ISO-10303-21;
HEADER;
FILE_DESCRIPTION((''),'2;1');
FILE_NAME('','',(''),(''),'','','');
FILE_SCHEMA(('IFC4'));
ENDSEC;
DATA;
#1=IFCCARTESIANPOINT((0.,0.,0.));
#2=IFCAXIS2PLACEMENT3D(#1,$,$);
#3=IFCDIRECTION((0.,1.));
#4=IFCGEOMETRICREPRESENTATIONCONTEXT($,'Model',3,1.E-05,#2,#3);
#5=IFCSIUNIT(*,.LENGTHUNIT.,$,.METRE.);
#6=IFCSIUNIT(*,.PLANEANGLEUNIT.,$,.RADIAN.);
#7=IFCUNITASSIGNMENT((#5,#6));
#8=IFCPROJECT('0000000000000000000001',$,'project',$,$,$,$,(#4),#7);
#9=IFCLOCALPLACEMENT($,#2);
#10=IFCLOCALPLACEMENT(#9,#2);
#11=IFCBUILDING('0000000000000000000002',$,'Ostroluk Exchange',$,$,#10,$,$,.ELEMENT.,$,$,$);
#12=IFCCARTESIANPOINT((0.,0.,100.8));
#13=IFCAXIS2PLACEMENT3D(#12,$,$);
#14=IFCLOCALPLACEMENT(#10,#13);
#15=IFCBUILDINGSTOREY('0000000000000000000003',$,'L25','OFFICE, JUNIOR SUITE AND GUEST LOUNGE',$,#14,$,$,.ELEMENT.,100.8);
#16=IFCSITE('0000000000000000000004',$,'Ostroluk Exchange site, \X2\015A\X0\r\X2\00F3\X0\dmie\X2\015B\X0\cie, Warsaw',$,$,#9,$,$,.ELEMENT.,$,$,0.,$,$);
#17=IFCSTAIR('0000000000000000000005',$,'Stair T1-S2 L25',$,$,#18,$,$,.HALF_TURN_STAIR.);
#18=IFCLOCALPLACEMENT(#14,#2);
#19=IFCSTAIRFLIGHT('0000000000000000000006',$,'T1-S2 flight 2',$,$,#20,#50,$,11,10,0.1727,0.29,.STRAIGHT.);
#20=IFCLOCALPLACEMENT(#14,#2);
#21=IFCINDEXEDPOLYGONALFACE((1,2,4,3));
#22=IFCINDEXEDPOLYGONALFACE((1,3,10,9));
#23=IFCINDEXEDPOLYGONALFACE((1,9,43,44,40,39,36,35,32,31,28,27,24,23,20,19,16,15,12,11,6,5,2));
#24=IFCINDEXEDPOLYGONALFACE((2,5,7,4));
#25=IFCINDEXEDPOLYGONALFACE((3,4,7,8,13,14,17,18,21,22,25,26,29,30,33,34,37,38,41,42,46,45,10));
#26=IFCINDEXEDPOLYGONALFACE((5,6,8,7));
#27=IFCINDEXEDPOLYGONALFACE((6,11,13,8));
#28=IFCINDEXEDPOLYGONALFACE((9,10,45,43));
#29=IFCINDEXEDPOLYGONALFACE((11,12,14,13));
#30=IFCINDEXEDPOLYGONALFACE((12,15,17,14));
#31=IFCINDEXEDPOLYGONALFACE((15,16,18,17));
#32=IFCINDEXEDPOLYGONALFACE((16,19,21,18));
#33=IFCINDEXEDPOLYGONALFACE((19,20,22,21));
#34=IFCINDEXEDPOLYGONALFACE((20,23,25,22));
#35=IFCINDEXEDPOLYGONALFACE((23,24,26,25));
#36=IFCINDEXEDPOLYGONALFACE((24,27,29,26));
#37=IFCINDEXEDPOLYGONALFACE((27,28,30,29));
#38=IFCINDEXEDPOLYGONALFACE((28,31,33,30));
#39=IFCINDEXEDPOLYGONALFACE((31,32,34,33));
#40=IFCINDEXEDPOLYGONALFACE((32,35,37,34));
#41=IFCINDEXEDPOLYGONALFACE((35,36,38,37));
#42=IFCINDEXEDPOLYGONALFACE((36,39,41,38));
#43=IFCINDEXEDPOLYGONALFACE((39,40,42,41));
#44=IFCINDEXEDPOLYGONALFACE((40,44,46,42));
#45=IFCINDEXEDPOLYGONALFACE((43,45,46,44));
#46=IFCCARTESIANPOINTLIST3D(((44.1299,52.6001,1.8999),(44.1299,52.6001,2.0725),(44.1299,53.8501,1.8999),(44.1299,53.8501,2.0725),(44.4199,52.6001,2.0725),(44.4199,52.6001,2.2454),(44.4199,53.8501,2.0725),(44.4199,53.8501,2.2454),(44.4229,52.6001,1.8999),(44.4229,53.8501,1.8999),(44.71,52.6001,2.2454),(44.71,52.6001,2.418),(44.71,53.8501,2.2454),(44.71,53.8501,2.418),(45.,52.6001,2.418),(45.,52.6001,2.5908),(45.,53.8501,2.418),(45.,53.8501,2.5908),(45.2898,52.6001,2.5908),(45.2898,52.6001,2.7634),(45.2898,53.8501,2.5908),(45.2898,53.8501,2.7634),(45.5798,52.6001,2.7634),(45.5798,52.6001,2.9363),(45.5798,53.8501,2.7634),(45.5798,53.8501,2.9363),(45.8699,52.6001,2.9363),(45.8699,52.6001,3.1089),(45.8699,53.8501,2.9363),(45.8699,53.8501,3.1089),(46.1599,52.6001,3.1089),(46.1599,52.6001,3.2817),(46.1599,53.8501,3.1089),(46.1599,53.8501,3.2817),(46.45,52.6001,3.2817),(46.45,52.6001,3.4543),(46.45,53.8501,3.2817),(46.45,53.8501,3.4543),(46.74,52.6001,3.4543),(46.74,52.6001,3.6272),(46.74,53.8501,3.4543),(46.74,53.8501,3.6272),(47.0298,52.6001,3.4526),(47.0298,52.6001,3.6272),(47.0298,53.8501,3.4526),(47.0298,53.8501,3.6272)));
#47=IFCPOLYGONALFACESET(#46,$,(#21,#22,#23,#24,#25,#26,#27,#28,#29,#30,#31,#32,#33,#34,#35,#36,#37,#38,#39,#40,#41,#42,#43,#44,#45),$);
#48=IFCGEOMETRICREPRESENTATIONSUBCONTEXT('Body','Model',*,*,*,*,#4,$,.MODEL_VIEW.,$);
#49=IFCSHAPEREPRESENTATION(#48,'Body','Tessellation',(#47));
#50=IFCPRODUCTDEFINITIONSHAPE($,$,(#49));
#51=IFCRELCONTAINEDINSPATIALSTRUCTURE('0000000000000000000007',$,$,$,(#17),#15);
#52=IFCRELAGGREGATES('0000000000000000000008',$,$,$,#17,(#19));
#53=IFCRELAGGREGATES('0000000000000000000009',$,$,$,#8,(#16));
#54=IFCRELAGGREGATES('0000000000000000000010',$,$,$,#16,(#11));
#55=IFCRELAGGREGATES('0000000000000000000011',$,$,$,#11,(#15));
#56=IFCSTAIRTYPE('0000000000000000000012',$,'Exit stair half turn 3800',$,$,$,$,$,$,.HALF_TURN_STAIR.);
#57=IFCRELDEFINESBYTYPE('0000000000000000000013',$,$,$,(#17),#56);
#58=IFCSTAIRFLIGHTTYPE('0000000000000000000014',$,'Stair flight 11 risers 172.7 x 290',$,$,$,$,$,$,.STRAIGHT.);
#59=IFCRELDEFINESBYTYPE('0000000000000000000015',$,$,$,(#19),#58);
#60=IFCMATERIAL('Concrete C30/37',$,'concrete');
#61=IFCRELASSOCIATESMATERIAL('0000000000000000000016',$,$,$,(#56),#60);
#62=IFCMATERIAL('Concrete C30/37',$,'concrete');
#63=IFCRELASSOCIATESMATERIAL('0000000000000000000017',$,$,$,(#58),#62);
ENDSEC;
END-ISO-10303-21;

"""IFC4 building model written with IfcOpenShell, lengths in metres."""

from ifc_helpers import new_model, si_unit, direction, frame, origin, place, context, subcontext, project, spatial, polyline, outline, extrude, material, type_object, element, aggregate, save


model = new_model("IFC4")

# Units and contexts
model_context = context("Model", 3, precision=1e-05, world=origin(), true_north=direction((0.0, 1.0)))
body_context = subcontext(model_context, "Body", "Model", "MODEL_VIEW")
ifc_project = project(units=[si_unit("LENGTHUNIT", "METRE"), si_unit("PLANEANGLEUNIT", "RADIAN")], contexts=[model_context])

# Site, building, storey
site_placement = place(None, origin())
site = spatial("IfcSite", under=ifc_project, at=site_placement, Name="Ostroluk Exchange site, Śródmieście, Warsaw", CompositionType="ELEMENT", RefElevation=0.0)
building_placement = place(site_placement, origin())
building = spatial("IfcBuilding", under=site, at=building_placement, Name="Ostroluk Exchange", CompositionType="ELEMENT")
storey_placement = place(building_placement, frame((0.0, 0.0, 100.8)))
storey = spatial("IfcBuildingStorey", under=building, at=storey_placement, Name="L25", Description="OFFICE, JUNIOR SUITE AND GUEST LOUNGE", CompositionType="ELEMENT", Elevation=100.8)

# Stair, stair flight
ifc_material_1 = material(Name="Concrete C30/37", Category="concrete")
stair_type = type_object("IfcStairType", Name="Exit stair half turn 3800", PredefinedType="HALF_TURN_STAIR", material=ifc_material_1)
stair_placement = place(storey_placement, origin())
stair = element("IfcStair", 1, at=stair_placement, inside=storey, type_object=stair_type, Name="Stair T1-S2 L25", PredefinedType="HALF_TURN_STAIR")
ifc_material_2 = material(Name="Concrete C30/37", Category="concrete")
stair_flight_type = type_object("IfcStairFlightType", Name="Stair flight 11 risers 172.7 x 290", PredefinedType="STRAIGHT", material=ifc_material_2)
stair_flight_1_placement = place(storey_placement, frame((44.1299, 53.2251, 1.8999), z_axis=(0.0, 0.0, 1.0), x_axis=(1.0, 0.0, 0.0)))
stair_flight_1 = element("IfcStairFlight", 2, at=stair_flight_1_placement, type_object=stair_flight_type, Name="T1-S2 flight 2", NumberOfRisers=11, NumberOfTreads=10, PredefinedType="STRAIGHT", RiserHeight=0.1727, TreadLength=0.29, context=body_context, shape_type="SweptSolid", body=[
    extrude(outline(polyline([(0.0, 0.0), (0.0, 0.1726), (0.29, 0.1726), (0.29, 0.3455), (0.5801, 0.3455), (0.5801, 0.5181), (0.8701, 0.5181), (0.8701, 0.6909), (1.1599, 0.6909), (1.1599, 0.8635), (1.45, 0.8635), (1.45, 1.0364), (1.74, 1.0364), (1.74, 1.209), (2.03, 1.209), (2.03, 1.3818), (2.3201, 1.3818), (2.3201, 1.5544), (2.6101, 1.5544), (2.6101, 1.7273), (2.8999, 1.7273), (2.8999, 1.8999), (2.8999, 1.5527), (0.293, 0.0), (0.0, 0.0)])), frame((0.0, 0.625, 0.0), z_axis=(0.0, -1.0, 0.0), x_axis=(1.0, 0.0, 0.0)), (0.0, 0.0, 1.0), 1.25),
])
aggregate(stair, [stair_flight_1])

save(model, "model.ifc")
